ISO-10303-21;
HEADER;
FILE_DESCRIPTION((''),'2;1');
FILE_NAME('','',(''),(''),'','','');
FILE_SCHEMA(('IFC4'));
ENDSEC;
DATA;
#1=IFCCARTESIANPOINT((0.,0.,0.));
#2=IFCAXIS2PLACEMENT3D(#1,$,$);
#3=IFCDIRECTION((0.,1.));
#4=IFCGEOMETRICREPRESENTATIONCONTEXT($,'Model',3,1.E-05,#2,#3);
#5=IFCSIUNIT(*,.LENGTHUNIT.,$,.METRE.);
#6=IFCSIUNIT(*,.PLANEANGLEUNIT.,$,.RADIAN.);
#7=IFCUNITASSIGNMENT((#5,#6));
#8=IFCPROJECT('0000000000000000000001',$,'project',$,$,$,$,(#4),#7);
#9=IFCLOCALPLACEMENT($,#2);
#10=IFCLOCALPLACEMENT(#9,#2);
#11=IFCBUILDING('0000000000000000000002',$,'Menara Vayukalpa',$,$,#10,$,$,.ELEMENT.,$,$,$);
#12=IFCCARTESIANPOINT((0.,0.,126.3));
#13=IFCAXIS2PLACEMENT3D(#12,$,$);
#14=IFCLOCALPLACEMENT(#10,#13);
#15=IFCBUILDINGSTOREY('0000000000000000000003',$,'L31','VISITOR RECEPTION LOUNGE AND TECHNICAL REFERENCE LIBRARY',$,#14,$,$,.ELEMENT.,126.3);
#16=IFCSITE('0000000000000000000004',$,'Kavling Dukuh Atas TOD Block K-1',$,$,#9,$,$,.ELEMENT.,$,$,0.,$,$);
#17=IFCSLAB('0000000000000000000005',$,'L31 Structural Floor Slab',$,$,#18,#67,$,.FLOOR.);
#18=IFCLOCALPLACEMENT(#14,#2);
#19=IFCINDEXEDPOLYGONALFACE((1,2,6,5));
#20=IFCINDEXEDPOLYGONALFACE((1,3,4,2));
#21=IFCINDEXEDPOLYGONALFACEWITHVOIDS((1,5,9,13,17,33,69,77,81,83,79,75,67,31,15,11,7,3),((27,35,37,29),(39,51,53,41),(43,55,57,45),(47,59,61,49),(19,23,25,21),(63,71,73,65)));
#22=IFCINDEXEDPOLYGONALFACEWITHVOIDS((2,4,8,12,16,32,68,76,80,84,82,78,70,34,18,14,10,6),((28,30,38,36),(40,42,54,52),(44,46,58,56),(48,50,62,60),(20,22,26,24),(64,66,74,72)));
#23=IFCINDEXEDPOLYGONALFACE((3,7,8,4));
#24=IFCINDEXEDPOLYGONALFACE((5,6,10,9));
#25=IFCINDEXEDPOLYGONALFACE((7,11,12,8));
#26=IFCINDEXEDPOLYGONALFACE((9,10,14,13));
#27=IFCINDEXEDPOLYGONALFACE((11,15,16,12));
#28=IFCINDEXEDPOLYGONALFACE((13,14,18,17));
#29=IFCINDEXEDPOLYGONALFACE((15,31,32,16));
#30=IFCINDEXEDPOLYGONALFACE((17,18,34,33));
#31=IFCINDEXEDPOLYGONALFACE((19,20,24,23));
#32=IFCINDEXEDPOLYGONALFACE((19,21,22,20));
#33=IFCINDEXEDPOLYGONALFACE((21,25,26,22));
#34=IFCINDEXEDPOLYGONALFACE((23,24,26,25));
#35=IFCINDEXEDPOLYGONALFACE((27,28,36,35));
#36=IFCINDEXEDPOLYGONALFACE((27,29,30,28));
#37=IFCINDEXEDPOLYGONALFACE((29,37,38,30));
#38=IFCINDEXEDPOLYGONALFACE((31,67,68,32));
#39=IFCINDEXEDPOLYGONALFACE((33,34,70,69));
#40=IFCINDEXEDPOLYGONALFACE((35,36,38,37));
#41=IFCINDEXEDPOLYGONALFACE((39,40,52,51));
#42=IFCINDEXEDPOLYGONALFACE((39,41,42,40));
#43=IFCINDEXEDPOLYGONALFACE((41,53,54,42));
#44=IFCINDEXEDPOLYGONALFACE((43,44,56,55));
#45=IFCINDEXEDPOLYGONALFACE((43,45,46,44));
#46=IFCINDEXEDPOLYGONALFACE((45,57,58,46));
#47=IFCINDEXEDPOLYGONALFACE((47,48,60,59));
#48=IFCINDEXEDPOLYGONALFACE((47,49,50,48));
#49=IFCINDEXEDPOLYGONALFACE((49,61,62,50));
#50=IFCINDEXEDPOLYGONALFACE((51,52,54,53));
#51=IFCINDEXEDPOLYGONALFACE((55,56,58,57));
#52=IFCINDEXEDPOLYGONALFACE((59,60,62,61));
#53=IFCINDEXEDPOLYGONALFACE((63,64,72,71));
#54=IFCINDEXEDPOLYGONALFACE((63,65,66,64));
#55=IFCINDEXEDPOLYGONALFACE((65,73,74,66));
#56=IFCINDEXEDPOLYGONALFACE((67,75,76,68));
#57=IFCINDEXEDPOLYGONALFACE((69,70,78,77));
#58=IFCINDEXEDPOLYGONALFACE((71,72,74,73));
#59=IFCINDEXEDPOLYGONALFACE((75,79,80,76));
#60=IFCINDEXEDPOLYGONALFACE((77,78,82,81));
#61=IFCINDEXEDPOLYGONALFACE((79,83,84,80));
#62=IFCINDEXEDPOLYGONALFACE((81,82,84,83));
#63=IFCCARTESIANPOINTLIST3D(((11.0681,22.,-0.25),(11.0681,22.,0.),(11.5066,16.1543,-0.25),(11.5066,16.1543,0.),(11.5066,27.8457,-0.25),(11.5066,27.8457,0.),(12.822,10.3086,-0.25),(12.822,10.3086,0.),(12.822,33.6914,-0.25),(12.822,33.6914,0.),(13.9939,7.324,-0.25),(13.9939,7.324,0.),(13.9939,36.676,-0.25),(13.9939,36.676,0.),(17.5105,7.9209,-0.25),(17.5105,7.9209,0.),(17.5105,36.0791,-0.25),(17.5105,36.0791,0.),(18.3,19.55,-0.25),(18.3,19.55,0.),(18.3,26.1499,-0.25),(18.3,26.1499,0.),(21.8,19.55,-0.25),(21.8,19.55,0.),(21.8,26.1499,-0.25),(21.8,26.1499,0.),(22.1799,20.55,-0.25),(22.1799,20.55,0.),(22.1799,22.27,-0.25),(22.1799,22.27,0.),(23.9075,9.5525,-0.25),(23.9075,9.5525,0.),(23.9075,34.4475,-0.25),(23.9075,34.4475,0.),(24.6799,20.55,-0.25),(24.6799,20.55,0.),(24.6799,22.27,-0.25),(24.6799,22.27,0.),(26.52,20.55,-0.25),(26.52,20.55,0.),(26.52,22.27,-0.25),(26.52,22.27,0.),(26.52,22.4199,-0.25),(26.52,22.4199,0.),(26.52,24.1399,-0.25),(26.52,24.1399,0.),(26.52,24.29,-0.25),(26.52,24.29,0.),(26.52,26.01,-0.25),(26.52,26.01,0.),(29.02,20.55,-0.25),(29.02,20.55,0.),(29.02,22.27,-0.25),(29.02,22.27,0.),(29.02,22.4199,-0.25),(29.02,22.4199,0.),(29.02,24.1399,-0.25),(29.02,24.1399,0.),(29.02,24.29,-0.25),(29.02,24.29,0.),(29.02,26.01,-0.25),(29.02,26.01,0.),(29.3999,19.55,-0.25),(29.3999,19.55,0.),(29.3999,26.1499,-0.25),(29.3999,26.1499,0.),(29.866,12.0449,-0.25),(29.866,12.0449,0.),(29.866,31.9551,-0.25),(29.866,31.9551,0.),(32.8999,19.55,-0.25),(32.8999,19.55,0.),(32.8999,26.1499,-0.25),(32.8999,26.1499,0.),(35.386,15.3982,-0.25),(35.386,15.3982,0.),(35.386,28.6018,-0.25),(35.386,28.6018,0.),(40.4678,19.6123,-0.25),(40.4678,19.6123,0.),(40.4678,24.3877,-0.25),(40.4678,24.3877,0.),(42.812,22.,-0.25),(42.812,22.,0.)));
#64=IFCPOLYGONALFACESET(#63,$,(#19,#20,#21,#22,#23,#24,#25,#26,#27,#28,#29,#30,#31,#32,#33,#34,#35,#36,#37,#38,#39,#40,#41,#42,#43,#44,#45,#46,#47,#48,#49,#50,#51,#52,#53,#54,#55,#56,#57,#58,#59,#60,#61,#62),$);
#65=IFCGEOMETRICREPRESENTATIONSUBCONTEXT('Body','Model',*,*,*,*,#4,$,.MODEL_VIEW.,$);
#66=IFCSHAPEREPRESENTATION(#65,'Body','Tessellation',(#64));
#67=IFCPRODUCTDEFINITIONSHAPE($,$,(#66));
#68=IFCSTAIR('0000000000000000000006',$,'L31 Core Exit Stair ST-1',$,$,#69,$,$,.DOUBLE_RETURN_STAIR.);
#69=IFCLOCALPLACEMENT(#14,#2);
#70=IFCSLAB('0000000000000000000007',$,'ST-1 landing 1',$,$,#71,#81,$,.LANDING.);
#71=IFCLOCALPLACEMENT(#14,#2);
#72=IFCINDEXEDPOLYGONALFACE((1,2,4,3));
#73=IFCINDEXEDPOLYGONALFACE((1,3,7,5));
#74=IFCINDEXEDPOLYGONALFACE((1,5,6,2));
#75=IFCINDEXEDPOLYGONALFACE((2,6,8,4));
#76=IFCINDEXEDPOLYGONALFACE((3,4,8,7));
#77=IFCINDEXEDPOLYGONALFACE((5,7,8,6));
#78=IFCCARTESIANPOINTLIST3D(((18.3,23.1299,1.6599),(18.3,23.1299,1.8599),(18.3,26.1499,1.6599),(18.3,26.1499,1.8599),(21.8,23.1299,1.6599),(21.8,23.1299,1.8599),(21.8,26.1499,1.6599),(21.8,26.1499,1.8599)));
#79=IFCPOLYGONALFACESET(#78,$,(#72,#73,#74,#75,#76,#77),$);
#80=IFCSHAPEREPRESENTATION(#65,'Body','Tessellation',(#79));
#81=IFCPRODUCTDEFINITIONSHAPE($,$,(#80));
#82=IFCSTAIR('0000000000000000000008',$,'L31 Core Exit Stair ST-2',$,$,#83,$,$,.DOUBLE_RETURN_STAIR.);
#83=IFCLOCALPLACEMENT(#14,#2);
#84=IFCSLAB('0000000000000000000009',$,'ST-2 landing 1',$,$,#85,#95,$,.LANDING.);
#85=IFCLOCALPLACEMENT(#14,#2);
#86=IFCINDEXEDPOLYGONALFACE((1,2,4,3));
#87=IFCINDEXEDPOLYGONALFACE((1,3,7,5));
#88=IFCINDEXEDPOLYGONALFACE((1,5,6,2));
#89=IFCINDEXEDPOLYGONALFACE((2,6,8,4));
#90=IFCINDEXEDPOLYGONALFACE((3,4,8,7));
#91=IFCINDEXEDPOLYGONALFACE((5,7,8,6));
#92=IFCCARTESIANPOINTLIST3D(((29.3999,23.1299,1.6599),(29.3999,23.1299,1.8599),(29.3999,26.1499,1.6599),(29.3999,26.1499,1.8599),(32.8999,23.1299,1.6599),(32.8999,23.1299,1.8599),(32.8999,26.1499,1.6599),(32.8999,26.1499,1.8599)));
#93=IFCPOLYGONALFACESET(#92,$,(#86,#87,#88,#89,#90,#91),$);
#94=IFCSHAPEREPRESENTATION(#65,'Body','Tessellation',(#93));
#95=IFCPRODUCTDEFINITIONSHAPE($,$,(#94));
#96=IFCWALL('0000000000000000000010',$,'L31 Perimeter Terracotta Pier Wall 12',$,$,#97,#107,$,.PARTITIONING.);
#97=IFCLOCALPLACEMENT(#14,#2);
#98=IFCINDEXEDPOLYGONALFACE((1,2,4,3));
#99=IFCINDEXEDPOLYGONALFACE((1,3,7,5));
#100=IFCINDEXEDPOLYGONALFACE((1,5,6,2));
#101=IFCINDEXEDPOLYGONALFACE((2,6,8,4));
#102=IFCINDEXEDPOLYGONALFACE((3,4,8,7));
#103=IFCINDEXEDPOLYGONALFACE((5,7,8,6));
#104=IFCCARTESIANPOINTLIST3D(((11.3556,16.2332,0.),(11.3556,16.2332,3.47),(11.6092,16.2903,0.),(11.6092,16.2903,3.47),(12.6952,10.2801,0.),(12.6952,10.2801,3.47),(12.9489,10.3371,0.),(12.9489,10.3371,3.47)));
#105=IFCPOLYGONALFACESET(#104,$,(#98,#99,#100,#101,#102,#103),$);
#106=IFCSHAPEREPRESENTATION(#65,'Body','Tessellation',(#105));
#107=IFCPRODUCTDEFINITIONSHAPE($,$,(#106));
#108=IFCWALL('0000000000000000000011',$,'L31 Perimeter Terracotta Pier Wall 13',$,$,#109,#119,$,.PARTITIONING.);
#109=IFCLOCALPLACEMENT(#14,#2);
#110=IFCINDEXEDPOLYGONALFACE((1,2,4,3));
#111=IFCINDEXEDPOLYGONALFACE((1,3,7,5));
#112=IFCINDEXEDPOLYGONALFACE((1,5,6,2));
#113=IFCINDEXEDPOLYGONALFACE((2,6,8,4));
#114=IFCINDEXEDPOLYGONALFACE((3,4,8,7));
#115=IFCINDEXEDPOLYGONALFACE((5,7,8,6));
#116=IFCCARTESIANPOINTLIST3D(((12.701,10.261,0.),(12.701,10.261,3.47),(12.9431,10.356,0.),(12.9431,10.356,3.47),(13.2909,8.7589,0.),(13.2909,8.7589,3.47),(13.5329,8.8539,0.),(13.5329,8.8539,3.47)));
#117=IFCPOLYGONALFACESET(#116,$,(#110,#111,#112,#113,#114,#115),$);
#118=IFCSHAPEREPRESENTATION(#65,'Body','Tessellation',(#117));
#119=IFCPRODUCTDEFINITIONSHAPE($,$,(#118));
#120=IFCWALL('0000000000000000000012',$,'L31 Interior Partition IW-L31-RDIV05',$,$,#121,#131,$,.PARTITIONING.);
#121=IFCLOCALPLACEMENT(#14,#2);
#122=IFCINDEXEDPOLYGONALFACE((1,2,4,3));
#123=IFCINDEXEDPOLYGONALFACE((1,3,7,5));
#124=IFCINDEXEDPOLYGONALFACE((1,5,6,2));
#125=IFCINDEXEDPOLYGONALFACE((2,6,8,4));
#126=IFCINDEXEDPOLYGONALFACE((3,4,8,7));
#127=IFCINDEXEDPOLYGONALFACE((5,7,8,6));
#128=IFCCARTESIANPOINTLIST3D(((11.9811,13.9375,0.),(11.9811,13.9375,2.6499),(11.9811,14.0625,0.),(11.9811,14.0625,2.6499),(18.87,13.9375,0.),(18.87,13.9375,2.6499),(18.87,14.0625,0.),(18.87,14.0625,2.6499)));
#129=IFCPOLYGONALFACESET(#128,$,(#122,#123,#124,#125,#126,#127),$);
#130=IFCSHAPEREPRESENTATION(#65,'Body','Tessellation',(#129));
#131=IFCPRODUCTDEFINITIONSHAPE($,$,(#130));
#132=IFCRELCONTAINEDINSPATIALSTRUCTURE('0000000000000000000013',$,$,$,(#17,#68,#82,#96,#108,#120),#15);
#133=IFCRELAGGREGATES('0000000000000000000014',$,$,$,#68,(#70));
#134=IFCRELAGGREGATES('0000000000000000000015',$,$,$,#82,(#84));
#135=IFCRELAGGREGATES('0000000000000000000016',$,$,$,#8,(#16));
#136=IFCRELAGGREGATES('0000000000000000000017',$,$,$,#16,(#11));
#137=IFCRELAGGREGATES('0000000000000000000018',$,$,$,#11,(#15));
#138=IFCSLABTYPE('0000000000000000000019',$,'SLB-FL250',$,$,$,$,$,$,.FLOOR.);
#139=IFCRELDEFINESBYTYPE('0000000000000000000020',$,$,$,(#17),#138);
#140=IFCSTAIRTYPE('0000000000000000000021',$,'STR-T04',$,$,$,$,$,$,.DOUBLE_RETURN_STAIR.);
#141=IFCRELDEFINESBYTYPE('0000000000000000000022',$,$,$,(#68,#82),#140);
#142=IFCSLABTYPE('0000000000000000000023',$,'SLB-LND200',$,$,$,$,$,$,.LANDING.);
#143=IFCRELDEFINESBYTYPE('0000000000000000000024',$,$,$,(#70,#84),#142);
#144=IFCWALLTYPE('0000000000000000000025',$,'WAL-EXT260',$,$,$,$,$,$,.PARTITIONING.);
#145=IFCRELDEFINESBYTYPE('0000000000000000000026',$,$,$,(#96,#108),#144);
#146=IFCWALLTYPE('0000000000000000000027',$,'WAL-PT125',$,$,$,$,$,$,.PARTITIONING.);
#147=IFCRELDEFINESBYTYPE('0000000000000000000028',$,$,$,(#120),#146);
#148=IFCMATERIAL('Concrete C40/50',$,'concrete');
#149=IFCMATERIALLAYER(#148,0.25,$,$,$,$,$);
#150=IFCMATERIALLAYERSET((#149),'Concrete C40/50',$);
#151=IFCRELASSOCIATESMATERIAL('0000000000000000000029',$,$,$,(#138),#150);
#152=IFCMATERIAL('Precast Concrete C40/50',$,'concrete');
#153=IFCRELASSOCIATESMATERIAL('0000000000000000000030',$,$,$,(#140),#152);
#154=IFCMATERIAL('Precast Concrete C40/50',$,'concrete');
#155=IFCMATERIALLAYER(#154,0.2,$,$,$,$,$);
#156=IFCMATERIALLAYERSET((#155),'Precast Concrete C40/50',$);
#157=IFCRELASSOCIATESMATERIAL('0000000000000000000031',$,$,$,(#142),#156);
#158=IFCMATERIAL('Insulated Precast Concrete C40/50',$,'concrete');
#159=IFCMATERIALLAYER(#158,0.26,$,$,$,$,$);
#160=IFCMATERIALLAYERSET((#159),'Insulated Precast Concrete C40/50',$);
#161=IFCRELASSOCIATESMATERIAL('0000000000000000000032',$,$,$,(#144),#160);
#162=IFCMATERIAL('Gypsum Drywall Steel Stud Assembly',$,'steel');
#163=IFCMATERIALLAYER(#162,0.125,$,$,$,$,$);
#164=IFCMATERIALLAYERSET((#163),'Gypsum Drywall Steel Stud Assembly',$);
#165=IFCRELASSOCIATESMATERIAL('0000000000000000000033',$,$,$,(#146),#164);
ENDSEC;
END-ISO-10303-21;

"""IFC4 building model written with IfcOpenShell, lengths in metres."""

from ifc_helpers import new_model, si_unit, direction, frame, frame_2d, origin, place, context, subcontext, project, spatial, polyline, rectangle, outline, extrude, material, layer, layer_set, type_object, element, aggregate, save


model = new_model("IFC4")

# Units and contexts
model_context = context("Model", 3, precision=1e-05, world=origin(), true_north=direction((0.0, 1.0)))
body_context = subcontext(model_context, "Body", "Model", "MODEL_VIEW")
ifc_project = project(units=[si_unit("LENGTHUNIT", "METRE"), si_unit("PLANEANGLEUNIT", "RADIAN")], contexts=[model_context])

# Site, building, storey
site_placement = place(None, origin())
site = spatial("IfcSite", under=ifc_project, at=site_placement, Name="Kavling Dukuh Atas TOD Block K-1", CompositionType="ELEMENT", RefElevation=0.0)
building_placement = place(site_placement, origin())
building = spatial("IfcBuilding", under=site, at=building_placement, Name="Menara Vayukalpa", CompositionType="ELEMENT")
storey_placement = place(building_placement, frame((0.0, 0.0, 126.3)))
storey = spatial("IfcBuildingStorey", under=building, at=storey_placement, Name="L31", Description="VISITOR RECEPTION LOUNGE AND TECHNICAL REFERENCE LIBRARY", CompositionType="ELEMENT", Elevation=126.3)

# Slab
ifc_material_1 = material(Name="Concrete C40/50", Category="concrete")
ifc_layer_1 = layer(ifc_material_1, 0.25)
ifc_layer_set_1 = layer_set([ifc_layer_1], Name="Concrete C40/50")
slab_type_1 = type_object("IfcSlabType", Name="SLB-FL250", PredefinedType="FLOOR", material=ifc_layer_set_1)
slab_1_placement = place(storey_placement, frame((0.0, 0.0, -0.25)))
element("IfcSlab", 1, at=slab_1_placement, inside=storey, type_object=slab_type_1, Name="L31 Structural Floor Slab", PredefinedType="FLOOR", context=body_context, shape_type="SweptSolid", body=[
    extrude(outline(polyline([(40.4678, 19.6123), (42.812, 22.0), (40.4678, 24.3877), (35.386, 28.6018), (29.866, 31.9551), (23.9075, 34.4475), (17.5105, 36.0791), (13.9939, 36.676), (12.822, 33.6914), (11.5066, 27.8457), (11.0681, 22.0), (11.5066, 16.1543), (12.822, 10.3086), (13.9939, 7.324), (17.5105, 7.9209), (23.9075, 9.5525), (29.866, 12.0449), (35.386, 15.3982), (40.4678, 19.6123)]), holes=[polyline([(21.8, 19.55), (21.8, 26.1499), (18.3, 26.1499), (18.3, 19.55), (21.8, 19.55)]), polyline([(32.8999, 19.55), (32.8999, 26.1499), (29.3999, 26.1499), (29.3999, 19.55), (32.8999, 19.55)]), polyline([(22.1799, 20.55), (24.6799, 20.55), (24.6799, 22.27), (22.1799, 22.27), (22.1799, 20.55)]), polyline([(26.52, 20.55), (29.02, 20.55), (29.02, 22.27), (26.52, 22.27), (26.52, 20.55)]), polyline([(26.52, 24.29), (29.02, 24.29), (29.02, 26.01), (26.52, 26.01), (26.52, 24.29)]), polyline([(26.52, 22.4199), (29.02, 22.4199), (29.02, 24.1399), (26.52, 24.1399), (26.52, 22.4199)])]), origin(), (0.0, 0.0, 1.0), 0.25),
])

# Stairs, slabs
ifc_material_2 = material(Name="Precast Concrete C40/50", Category="concrete")
stair_type = type_object("IfcStairType", Name="STR-T04", PredefinedType="DOUBLE_RETURN_STAIR", material=ifc_material_2)
stair_1_placement = place(storey_placement, origin())
stair_1 = element("IfcStair", 2, at=stair_1_placement, inside=storey, type_object=stair_type, Name="L31 Core Exit Stair ST-1", PredefinedType="DOUBLE_RETURN_STAIR")
ifc_material_3 = material(Name="Precast Concrete C40/50", Category="concrete")
ifc_layer_2 = layer(ifc_material_3, 0.2)
ifc_layer_set_2 = layer_set([ifc_layer_2], Name="Precast Concrete C40/50")
slab_type_2 = type_object("IfcSlabType", Name="SLB-LND200", PredefinedType="LANDING", material=ifc_layer_set_2)
slab_2_placement = place(storey_placement, frame((0.0, 0.0, 1.6599)))
slab_2 = element("IfcSlab", 3, at=slab_2_placement, type_object=slab_type_2, Name="ST-1 landing 1", PredefinedType="LANDING", context=body_context, shape_type="SweptSolid", body=[
    extrude(outline(polyline([(21.8, 23.1299), (21.8, 26.1499), (18.3, 26.1499), (18.3, 23.1299), (21.8, 23.1299)])), origin(), (0.0, 0.0, 1.0), 0.2),
])
aggregate(stair_1, [slab_2])
stair_2_placement = place(storey_placement, origin())
stair_2 = element("IfcStair", 4, at=stair_2_placement, inside=storey, type_object=stair_type, Name="L31 Core Exit Stair ST-2", PredefinedType="DOUBLE_RETURN_STAIR")
slab_3_placement = place(storey_placement, frame((0.0, 0.0, 1.6599)))
slab_3 = element("IfcSlab", 5, at=slab_3_placement, type_object=slab_type_2, Name="ST-2 landing 1", PredefinedType="LANDING", context=body_context, shape_type="SweptSolid", body=[
    extrude(outline(polyline([(32.8999, 23.1299), (32.8999, 26.1499), (29.3999, 26.1499), (29.3999, 23.1299), (32.8999, 23.1299)])), origin(), (0.0, 0.0, 1.0), 0.2),
])
aggregate(stair_2, [slab_3])

# Walls
ifc_material_4 = material(Name="Insulated Precast Concrete C40/50", Category="concrete")
ifc_layer_3 = layer(ifc_material_4, 0.26)
ifc_layer_set_3 = layer_set([ifc_layer_3], Name="Insulated Precast Concrete C40/50")
wall_type_1 = type_object("IfcWallType", Name="WAL-EXT260", PredefinedType="PARTITIONING", material=ifc_layer_set_3)
wall_1_placement = place(storey_placement, frame((12.822, 10.3086, 0.0), z_axis=(0.0, 0.0, 1.0), x_axis=(-0.219535, 0.975605, 0.0)))
element("IfcWall", 6, at=wall_1_placement, inside=storey, type_object=wall_type_1, Name="L31 Perimeter Terracotta Pier Wall 12", PredefinedType="PARTITIONING", context=body_context, shape_type="SweptSolid", body=[
    extrude(rectangle(XDim=6.1021, YDim=0.26, at=frame_2d((3.051, 0.0))), origin(), (0.0, 0.0, 1.0), 3.47),
])
wall_2_placement = place(storey_placement, frame((13.4119, 8.8064, 0.0), z_axis=(0.0, 0.0, 1.0), x_axis=(-0.365489, 0.930816, 0.0)))
element("IfcWall", 7, at=wall_2_placement, inside=storey, type_object=wall_type_1, Name="L31 Perimeter Terracotta Pier Wall 13", PredefinedType="PARTITIONING", context=body_context, shape_type="SweptSolid", body=[
    extrude(rectangle(XDim=1.6138, YDim=0.26, at=frame_2d((0.8069, 0.0))), origin(), (0.0, 0.0, 1.0), 3.47),
])
ifc_material_5 = material(Name="Gypsum Drywall Steel Stud Assembly", Category="steel")
ifc_layer_4 = layer(ifc_material_5, 0.125)
ifc_layer_set_4 = layer_set([ifc_layer_4], Name="Gypsum Drywall Steel Stud Assembly")
wall_type_2 = type_object("IfcWallType", Name="WAL-PT125", PredefinedType="PARTITIONING", material=ifc_layer_set_4)
wall_3_placement = place(storey_placement, frame((11.9812, 14.0, 0.0), z_axis=(0.0, 0.0, 1.0), x_axis=(1.0, 0.0, 0.0)))
element("IfcWall", 8, at=wall_3_placement, inside=storey, type_object=wall_type_2, Name="L31 Interior Partition IW-L31-RDIV05", PredefinedType="PARTITIONING", context=body_context, shape_type="SweptSolid", body=[
    extrude(rectangle(XDim=6.8889, YDim=0.125, at=frame_2d((3.4443, 0.0))), origin(), (0.0, 0.0, 1.0), 2.6499),
])

save(model, "model.ifc")
